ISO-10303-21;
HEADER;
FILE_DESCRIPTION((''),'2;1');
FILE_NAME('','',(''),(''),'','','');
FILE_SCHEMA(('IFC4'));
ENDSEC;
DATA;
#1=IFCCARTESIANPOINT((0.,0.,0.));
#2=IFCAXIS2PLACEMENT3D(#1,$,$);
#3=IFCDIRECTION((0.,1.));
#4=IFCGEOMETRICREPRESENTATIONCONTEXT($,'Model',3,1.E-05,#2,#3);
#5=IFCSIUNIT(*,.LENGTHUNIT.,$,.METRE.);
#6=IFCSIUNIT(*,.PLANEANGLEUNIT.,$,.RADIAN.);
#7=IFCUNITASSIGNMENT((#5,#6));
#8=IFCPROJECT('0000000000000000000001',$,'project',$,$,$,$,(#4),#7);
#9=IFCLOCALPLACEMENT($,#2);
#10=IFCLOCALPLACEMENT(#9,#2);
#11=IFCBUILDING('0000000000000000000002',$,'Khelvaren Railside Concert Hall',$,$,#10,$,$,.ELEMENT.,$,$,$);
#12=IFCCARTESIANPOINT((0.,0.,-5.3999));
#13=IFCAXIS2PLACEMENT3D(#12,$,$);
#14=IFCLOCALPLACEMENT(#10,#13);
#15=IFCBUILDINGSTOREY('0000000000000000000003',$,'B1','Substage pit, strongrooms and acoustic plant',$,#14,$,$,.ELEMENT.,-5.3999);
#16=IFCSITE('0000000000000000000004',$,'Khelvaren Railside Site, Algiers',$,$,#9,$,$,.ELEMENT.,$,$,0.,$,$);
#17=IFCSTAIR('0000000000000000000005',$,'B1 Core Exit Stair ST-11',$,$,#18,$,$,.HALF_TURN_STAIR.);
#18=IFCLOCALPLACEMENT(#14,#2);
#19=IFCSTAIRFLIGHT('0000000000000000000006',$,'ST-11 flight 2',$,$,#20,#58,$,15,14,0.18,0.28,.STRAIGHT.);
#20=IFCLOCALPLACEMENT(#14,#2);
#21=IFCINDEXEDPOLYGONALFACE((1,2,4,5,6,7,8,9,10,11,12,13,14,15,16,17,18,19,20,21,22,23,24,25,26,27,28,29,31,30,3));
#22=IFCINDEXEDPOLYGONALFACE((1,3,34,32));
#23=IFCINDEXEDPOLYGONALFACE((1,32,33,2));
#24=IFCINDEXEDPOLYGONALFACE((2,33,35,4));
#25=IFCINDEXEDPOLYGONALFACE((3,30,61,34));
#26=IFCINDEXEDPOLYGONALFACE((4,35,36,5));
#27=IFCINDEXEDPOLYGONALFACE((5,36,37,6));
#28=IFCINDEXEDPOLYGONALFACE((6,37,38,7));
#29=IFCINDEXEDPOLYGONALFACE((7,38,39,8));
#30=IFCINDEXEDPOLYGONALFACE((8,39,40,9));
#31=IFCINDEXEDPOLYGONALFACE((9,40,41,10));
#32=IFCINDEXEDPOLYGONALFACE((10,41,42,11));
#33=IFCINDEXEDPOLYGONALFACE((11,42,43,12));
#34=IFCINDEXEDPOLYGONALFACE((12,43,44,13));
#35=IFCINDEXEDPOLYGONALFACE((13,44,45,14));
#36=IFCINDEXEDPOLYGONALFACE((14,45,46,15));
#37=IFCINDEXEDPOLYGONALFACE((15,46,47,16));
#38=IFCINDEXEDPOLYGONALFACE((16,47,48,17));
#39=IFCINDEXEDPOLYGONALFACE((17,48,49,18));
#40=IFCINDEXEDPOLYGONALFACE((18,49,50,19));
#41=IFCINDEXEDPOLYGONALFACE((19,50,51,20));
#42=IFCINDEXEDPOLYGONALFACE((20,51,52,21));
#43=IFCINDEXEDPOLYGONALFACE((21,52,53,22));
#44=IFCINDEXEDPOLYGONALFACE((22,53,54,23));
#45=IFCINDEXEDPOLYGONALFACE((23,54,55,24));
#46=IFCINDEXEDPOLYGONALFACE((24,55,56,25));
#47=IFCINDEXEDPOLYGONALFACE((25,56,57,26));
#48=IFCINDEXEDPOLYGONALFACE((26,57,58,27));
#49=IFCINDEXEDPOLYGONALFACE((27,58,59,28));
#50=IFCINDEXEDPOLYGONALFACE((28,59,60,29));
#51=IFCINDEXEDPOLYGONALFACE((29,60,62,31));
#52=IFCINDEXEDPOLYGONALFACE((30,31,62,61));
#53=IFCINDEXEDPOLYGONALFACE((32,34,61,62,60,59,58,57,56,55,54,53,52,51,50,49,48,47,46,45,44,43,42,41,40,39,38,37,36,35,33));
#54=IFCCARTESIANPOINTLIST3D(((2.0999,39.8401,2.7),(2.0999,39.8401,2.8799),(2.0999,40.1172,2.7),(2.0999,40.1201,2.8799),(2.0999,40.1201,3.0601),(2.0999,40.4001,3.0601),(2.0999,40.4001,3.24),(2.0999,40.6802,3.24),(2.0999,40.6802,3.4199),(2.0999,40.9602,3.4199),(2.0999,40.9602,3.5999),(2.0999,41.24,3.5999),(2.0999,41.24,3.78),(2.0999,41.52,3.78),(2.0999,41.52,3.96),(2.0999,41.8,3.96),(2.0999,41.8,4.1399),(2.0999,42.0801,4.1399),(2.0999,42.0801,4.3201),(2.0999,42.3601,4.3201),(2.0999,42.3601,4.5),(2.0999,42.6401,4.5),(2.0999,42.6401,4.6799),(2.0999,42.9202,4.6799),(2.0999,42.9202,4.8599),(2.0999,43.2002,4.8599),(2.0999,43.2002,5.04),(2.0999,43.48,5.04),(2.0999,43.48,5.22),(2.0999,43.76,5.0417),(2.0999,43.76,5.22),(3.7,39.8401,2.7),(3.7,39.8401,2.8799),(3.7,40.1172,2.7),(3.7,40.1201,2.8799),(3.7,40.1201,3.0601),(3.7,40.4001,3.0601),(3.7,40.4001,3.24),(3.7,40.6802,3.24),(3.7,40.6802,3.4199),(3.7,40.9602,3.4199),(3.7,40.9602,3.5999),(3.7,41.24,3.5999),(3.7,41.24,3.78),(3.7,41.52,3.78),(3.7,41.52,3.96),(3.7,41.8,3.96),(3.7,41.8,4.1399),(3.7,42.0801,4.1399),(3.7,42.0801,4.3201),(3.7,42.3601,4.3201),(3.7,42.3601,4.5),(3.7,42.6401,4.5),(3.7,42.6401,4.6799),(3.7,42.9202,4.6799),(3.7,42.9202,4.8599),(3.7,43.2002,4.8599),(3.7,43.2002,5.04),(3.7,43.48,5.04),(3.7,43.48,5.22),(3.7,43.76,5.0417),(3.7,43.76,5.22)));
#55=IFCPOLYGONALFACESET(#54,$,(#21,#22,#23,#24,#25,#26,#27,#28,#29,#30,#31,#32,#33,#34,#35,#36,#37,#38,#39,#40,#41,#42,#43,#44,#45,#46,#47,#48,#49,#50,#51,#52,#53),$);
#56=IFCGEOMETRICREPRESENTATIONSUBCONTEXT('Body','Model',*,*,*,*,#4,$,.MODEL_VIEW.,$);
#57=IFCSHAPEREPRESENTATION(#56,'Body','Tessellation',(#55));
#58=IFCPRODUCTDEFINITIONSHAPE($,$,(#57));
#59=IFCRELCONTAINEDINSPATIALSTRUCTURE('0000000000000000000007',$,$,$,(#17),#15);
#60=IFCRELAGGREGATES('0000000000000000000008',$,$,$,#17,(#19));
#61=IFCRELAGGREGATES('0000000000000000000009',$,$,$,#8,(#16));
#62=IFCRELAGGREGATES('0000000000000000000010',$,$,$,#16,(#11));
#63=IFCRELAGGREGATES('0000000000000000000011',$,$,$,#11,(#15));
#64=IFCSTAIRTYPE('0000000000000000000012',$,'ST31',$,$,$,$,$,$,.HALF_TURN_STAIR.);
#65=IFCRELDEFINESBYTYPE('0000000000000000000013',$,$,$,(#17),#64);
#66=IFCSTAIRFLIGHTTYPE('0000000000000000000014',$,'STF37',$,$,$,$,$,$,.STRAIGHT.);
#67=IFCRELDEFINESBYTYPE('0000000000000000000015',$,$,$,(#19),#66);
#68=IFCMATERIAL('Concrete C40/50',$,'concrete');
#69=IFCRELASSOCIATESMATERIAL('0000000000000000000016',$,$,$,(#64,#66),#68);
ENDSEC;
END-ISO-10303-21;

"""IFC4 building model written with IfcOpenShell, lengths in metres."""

from ifc_helpers import new_model, si_unit, direction, frame, origin, place, context, subcontext, project, spatial, polyline, outline, extrude, material, type_object, element, aggregate, save


model = new_model("IFC4")

# Units and contexts
model_context = context("Model", 3, precision=1e-05, world=origin(), true_north=direction((0.0, 1.0)))
body_context = subcontext(model_context, "Body", "Model", "MODEL_VIEW")
ifc_project = project(units=[si_unit("LENGTHUNIT", "METRE"), si_unit("PLANEANGLEUNIT", "RADIAN")], contexts=[model_context])

# Site, building, storey
site_placement = place(None, origin())
site = spatial("IfcSite", under=ifc_project, at=site_placement, Name="Khelvaren Railside Site, Algiers", CompositionType="ELEMENT", RefElevation=0.0)
building_placement = place(site_placement, origin())
building = spatial("IfcBuilding", under=site, at=building_placement, Name="Khelvaren Railside Concert Hall", CompositionType="ELEMENT")
storey_placement = place(building_placement, frame((0.0, 0.0, -5.3999)))
storey = spatial("IfcBuildingStorey", under=building, at=storey_placement, Name="B1", Description="Substage pit, strongrooms and acoustic plant", CompositionType="ELEMENT", Elevation=-5.3999)

# Shared definitions
ifc_material_1 = material(Name="Concrete C40/50", Category="concrete")

# Stair, stair flight
stair_type = type_object("IfcStairType", Name="ST31", PredefinedType="HALF_TURN_STAIR", material=ifc_material_1)
stair_placement = place(storey_placement, origin())
stair = element("IfcStair", 1, at=stair_placement, inside=storey, type_object=stair_type, Name="B1 Core Exit Stair ST-11", PredefinedType="HALF_TURN_STAIR")
stair_flight_type = type_object("IfcStairFlightType", Name="STF37", PredefinedType="STRAIGHT", material=ifc_material_1)
stair_flight_1_placement = place(storey_placement, frame((2.8999, 39.8401, 2.7), z_axis=(0.0, 0.0, 1.0), x_axis=(0.0, 1.0, 0.0)))
stair_flight_1 = element("IfcStairFlight", 2, at=stair_flight_1_placement, type_object=stair_flight_type, Name="ST-11 flight 2", NumberOfRisers=15, NumberOfTreads=14, PredefinedType="STRAIGHT", RiserHeight=0.18, TreadLength=0.28, context=body_context, shape_type="SweptSolid", body=[
    extrude(outline(polyline([(0.0, 0.0), (0.0, 0.1799), (0.28, 0.1799), (0.28, 0.3601), (0.5601, 0.3601), (0.5601, 0.54), (0.8401, 0.54), (0.8401, 0.72), (1.1201, 0.72), (1.1201, 0.8999), (1.3999, 0.8999), (1.3999, 1.0801), (1.6799, 1.0801), (1.6799, 1.26), (1.96, 1.26), (1.96, 1.4399), (2.24, 1.4399), (2.24, 1.6201), (2.52, 1.6201), (2.52, 1.8), (2.8, 1.8), (2.8, 1.98), (3.0801, 1.98), (3.0801, 2.1599), (3.3601, 2.1599), (3.3601, 2.3401), (3.6399, 2.3401), (3.6399, 2.52), (3.9199, 2.52), (3.9199, 2.7), (3.9199, 2.3418), (0.2771, 0.0), (0.0, 0.0)])), frame((0.0, 0.8, 0.0), z_axis=(0.0, -1.0, 0.0), x_axis=(1.0, 0.0, 0.0)), (0.0, 0.0, 1.0), 1.6001),
])
aggregate(stair, [stair_flight_1])

save(model, "model.ifc")
